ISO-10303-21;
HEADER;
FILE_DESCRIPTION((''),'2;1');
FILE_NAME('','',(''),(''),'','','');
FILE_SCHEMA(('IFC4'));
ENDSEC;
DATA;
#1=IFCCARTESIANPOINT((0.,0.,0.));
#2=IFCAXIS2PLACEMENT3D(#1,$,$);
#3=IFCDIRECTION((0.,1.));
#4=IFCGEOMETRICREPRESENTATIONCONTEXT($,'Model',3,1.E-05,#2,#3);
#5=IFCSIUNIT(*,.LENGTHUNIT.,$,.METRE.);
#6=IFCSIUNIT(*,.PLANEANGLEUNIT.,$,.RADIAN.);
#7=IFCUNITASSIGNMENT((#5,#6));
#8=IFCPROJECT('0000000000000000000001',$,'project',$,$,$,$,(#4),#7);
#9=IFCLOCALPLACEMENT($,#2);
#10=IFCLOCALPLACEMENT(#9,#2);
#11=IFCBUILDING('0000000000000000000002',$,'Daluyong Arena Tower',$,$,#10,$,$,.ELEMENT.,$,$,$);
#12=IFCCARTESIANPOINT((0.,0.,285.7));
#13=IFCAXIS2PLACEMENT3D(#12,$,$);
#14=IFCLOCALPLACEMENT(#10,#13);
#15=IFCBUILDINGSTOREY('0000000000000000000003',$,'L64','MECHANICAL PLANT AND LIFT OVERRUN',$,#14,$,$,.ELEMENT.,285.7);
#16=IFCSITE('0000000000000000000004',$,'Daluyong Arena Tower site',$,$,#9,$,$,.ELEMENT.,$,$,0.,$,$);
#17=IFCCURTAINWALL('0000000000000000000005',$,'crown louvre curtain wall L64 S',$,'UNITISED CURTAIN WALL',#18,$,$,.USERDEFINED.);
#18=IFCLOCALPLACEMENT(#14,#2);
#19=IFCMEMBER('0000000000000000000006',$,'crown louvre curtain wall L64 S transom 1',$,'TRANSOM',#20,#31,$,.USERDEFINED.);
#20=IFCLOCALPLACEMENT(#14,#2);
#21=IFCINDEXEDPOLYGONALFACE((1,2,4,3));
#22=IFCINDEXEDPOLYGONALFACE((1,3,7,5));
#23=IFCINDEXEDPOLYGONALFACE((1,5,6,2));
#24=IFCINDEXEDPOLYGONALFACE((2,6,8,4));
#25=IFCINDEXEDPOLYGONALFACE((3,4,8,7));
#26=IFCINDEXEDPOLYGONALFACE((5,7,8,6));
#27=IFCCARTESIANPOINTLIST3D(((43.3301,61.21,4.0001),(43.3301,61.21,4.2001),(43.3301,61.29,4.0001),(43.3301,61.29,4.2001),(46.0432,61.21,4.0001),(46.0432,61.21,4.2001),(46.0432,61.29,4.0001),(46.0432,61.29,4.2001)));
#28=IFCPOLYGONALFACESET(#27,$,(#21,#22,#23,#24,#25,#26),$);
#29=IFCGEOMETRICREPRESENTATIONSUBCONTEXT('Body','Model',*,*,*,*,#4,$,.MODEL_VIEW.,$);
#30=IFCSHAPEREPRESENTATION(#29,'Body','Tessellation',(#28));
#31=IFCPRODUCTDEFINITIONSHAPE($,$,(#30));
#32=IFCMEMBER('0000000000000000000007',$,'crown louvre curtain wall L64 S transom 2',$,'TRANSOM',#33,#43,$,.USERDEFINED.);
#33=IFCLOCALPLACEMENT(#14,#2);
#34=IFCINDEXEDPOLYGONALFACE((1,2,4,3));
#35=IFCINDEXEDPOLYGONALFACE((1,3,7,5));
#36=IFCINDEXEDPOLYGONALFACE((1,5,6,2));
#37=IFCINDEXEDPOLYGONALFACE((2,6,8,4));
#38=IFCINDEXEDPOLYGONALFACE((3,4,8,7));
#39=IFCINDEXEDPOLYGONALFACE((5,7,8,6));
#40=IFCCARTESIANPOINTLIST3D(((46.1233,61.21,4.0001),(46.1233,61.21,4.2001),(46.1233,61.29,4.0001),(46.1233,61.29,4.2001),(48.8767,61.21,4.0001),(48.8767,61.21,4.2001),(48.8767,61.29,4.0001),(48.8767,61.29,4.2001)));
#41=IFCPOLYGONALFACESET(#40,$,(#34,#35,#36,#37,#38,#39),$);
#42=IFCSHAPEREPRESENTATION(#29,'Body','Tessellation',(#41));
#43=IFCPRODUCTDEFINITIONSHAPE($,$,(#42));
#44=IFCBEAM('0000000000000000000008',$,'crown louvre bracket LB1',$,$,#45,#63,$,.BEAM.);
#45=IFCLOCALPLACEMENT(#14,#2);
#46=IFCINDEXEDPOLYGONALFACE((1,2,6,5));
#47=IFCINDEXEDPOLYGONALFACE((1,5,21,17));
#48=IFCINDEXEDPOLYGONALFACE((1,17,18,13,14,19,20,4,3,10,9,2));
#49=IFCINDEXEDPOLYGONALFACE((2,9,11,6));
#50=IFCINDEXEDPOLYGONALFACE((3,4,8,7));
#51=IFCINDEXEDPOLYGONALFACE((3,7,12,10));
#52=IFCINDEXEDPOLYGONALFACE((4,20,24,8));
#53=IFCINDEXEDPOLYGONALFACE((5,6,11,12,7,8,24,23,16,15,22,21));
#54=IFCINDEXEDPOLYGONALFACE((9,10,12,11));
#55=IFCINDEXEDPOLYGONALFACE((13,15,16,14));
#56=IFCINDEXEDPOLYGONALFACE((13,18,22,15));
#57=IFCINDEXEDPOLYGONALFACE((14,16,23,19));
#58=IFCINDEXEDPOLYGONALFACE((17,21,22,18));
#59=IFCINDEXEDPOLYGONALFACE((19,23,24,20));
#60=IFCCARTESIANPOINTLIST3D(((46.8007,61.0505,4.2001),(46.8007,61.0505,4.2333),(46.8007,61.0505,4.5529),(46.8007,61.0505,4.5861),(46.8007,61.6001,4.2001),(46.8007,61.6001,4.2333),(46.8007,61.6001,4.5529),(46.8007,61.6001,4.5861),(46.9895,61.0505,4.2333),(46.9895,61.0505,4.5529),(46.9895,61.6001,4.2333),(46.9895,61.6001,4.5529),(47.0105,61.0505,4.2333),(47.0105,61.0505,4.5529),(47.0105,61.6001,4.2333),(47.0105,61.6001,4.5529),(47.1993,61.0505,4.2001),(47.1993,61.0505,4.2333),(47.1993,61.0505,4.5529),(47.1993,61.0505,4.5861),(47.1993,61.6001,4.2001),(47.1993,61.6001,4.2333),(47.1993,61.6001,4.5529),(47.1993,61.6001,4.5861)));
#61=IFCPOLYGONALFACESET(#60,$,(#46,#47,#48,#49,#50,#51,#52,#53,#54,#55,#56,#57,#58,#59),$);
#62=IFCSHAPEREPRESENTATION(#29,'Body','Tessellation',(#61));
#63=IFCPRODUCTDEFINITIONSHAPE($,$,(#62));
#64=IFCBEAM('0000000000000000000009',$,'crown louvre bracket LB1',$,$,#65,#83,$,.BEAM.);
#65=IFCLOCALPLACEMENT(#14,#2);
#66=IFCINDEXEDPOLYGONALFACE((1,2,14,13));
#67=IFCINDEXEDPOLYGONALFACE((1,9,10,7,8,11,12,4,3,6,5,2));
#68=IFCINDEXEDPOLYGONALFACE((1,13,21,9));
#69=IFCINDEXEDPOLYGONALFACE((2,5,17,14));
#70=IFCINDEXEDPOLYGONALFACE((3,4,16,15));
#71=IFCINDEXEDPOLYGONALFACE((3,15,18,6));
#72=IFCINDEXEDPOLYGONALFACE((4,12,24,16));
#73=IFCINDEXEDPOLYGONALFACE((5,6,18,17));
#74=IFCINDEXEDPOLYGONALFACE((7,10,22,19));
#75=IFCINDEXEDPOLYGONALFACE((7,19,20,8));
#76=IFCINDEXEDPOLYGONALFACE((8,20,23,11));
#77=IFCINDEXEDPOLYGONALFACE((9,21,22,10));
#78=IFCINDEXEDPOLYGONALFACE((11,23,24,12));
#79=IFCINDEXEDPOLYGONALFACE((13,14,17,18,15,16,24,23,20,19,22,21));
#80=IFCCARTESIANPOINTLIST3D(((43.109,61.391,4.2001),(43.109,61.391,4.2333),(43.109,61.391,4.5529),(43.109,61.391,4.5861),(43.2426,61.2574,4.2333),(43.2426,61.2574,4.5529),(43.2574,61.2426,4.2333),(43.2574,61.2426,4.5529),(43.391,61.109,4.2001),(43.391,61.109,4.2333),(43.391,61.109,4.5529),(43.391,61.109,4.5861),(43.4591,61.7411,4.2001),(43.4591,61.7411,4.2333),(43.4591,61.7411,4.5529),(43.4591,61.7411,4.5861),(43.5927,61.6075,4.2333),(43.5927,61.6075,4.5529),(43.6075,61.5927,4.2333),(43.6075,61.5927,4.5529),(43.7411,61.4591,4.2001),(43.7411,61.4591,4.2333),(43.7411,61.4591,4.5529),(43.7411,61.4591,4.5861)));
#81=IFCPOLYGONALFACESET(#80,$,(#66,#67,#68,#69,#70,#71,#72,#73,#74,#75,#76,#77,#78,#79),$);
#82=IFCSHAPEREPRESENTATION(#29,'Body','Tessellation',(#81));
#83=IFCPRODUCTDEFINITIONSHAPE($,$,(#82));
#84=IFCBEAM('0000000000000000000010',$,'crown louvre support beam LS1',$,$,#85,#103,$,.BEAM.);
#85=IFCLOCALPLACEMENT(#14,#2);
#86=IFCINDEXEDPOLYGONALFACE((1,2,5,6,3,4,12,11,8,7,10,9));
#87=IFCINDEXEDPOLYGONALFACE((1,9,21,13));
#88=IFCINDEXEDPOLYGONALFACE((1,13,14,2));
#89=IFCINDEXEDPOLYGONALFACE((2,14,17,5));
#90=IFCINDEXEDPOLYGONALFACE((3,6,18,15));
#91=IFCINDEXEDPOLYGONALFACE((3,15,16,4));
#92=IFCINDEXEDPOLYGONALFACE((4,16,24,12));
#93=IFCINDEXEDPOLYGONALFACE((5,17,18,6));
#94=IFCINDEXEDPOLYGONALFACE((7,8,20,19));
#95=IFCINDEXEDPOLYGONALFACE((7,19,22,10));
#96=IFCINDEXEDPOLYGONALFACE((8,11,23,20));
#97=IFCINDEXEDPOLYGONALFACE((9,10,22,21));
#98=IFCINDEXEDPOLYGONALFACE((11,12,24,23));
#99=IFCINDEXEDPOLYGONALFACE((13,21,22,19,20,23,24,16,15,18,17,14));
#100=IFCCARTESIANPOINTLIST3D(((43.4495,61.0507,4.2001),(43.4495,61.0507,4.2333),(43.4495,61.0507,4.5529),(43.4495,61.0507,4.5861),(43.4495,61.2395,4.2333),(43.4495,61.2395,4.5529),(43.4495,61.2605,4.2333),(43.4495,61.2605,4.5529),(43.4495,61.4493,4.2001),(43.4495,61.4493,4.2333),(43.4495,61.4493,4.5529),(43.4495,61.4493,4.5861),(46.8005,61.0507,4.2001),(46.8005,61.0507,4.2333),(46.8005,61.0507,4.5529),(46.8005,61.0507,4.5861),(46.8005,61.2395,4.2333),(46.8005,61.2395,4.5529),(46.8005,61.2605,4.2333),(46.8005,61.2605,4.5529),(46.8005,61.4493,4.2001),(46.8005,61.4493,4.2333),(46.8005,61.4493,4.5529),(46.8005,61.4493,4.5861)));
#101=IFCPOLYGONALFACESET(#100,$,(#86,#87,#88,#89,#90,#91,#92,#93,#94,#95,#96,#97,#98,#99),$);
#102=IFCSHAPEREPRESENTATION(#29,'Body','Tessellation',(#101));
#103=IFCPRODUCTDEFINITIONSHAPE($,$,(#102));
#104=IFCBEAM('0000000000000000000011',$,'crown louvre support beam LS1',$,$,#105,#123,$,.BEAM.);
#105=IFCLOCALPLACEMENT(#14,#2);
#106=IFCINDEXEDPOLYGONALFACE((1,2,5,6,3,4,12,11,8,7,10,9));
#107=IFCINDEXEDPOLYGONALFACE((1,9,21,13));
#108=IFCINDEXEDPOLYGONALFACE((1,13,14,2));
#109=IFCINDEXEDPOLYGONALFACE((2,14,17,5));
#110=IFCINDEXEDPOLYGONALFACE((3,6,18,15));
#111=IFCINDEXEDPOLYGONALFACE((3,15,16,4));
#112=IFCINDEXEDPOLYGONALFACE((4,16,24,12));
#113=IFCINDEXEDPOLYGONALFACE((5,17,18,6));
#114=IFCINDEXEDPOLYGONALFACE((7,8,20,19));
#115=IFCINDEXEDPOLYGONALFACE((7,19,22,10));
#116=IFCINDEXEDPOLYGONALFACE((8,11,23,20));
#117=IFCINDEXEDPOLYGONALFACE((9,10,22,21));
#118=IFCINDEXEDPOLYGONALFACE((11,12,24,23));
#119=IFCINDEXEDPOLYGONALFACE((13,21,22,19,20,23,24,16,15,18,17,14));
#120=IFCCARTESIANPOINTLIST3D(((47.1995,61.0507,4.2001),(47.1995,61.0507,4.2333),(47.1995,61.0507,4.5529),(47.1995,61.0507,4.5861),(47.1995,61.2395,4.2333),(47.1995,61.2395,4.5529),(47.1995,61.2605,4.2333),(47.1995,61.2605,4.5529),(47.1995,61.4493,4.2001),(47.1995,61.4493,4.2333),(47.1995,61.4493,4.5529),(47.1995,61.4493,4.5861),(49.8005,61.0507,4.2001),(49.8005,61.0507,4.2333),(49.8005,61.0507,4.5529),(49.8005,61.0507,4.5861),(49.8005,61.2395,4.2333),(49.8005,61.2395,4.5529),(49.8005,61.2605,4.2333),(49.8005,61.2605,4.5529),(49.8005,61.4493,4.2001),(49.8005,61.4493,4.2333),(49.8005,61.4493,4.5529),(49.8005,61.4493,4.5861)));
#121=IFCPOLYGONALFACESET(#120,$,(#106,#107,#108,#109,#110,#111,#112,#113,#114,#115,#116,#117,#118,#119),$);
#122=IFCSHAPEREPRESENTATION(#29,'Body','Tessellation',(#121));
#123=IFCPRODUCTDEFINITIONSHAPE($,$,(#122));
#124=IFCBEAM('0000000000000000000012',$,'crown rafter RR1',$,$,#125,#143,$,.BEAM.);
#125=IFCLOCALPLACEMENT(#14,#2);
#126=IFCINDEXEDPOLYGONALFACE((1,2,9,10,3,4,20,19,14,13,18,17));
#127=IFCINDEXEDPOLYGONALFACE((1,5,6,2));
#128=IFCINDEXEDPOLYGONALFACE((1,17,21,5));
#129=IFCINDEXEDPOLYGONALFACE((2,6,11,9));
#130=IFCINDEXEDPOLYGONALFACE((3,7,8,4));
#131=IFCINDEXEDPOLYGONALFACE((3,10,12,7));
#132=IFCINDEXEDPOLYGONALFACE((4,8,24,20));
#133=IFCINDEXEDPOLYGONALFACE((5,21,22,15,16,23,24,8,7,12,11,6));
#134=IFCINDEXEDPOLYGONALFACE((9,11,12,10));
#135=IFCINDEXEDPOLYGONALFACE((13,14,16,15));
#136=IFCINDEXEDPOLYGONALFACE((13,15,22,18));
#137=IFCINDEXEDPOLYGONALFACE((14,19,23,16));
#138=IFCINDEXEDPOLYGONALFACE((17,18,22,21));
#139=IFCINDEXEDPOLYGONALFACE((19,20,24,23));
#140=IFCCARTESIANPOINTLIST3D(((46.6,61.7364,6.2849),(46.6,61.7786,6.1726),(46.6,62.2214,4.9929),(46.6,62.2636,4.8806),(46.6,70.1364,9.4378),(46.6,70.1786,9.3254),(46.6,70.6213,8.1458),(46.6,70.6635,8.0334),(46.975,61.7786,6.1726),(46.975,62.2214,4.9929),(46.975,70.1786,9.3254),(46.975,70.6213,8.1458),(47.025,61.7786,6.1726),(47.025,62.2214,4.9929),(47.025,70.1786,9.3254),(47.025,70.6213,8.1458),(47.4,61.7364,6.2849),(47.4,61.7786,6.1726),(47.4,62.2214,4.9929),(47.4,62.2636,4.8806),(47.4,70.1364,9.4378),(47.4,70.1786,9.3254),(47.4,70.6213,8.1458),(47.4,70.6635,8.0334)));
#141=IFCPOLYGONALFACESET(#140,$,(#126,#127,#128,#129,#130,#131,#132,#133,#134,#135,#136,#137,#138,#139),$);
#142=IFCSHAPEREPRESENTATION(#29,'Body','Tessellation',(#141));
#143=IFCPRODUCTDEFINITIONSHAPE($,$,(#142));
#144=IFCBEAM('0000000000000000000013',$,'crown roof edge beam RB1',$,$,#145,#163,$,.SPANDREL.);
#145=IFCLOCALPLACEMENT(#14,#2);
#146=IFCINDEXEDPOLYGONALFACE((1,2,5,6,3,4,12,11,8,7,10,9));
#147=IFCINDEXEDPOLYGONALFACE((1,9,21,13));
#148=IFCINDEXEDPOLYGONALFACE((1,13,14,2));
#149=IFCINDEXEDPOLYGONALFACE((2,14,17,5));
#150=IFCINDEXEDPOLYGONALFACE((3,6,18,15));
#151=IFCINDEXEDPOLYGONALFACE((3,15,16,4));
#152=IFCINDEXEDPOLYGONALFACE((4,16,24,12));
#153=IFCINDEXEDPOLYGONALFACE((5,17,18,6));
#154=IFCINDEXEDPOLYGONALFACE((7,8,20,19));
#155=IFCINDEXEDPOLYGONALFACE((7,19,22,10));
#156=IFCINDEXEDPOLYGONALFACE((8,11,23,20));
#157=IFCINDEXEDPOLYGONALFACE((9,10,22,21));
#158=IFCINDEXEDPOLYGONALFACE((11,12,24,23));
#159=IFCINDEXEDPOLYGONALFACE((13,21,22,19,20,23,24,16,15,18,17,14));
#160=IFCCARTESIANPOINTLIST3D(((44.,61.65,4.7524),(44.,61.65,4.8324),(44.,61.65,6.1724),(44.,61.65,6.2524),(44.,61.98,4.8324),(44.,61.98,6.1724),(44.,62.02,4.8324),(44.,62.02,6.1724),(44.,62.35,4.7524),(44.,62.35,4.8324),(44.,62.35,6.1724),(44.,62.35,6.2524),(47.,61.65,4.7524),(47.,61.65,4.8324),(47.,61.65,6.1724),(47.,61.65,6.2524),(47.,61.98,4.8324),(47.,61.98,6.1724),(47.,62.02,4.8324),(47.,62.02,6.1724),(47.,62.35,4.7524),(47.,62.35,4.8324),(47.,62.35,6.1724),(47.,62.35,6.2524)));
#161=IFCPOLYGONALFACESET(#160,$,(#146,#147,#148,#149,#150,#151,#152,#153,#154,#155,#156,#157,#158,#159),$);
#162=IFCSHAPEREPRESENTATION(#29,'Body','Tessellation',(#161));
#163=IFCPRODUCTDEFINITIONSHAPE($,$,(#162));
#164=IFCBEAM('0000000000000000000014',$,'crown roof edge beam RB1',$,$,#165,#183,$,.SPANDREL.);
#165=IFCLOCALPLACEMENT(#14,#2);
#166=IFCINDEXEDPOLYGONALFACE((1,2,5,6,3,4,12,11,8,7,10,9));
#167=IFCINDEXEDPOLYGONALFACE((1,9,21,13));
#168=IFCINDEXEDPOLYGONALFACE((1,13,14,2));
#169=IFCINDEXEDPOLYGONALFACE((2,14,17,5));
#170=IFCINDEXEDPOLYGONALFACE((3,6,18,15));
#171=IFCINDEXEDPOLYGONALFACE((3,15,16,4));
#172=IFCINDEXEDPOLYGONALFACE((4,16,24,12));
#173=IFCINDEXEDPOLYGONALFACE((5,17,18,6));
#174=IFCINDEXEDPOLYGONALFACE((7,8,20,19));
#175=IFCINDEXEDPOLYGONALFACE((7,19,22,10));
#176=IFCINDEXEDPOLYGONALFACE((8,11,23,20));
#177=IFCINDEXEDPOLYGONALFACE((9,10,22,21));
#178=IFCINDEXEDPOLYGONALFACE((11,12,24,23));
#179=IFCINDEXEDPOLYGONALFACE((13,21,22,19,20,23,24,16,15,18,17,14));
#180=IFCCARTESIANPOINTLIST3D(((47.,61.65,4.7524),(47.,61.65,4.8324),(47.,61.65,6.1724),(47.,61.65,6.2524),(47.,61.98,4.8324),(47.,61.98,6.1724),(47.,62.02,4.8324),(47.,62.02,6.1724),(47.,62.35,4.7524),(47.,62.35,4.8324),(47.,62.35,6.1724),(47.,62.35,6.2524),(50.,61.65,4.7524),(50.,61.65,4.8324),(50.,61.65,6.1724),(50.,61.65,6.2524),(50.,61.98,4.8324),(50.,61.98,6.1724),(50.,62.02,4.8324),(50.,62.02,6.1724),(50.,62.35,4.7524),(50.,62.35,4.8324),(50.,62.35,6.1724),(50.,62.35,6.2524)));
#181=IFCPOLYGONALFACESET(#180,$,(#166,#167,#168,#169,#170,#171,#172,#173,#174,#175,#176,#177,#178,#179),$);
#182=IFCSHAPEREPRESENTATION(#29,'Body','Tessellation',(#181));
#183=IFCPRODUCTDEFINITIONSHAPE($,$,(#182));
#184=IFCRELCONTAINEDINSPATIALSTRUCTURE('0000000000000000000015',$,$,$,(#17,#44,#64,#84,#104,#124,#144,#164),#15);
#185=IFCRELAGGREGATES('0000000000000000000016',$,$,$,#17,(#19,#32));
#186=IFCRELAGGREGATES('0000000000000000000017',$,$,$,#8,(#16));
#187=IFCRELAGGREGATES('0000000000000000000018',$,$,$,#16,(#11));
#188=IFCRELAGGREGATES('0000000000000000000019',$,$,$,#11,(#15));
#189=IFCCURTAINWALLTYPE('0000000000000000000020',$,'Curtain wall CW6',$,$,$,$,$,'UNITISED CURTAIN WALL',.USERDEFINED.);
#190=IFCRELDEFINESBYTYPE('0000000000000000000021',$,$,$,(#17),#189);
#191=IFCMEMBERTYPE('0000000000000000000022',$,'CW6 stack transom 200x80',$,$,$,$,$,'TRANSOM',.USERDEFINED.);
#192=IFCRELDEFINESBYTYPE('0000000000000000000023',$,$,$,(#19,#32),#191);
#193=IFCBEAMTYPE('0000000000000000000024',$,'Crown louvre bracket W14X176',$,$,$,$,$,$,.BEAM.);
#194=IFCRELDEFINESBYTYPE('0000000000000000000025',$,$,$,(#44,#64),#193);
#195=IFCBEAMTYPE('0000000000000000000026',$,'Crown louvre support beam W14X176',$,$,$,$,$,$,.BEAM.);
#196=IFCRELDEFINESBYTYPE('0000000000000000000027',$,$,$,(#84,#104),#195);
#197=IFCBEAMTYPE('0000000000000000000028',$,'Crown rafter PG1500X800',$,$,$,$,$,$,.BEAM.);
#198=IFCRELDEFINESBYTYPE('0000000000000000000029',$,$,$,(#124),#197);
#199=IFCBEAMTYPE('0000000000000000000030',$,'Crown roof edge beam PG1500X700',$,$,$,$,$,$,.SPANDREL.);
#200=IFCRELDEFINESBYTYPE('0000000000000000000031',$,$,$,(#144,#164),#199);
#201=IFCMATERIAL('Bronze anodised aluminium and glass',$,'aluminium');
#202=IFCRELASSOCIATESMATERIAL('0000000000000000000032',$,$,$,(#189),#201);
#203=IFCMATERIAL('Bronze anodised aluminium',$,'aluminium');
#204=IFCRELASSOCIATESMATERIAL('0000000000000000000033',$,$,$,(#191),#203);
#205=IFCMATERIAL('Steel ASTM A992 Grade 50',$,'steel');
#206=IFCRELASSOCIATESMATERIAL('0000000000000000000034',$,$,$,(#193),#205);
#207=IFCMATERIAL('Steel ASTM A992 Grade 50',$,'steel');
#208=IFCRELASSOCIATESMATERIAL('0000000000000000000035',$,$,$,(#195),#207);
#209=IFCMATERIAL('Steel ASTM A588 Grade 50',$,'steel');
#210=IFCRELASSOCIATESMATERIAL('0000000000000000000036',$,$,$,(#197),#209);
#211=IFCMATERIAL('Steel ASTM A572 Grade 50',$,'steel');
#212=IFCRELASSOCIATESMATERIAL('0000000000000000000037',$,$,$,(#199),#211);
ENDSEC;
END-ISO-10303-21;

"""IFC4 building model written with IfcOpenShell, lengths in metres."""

from ifc_helpers import new_model, si_unit, direction, frame, origin, origin_2d, place, context, subcontext, project, spatial, rectangle, i_section, extrude, material, material_profile, profile_set, type_object, element, aggregate, save


model = new_model("IFC4")

# Units and contexts
model_context = context("Model", 3, precision=1e-05, world=origin(), true_north=direction((0.0, 1.0)))
body_context = subcontext(model_context, "Body", "Model", "MODEL_VIEW")
ifc_project = project(units=[si_unit("LENGTHUNIT", "METRE"), si_unit("PLANEANGLEUNIT", "RADIAN")], contexts=[model_context])

# Site, building, storey
site_placement = place(None, origin())
site = spatial("IfcSite", under=ifc_project, at=site_placement, Name="Daluyong Arena Tower site", CompositionType="ELEMENT", RefElevation=0.0)
building_placement = place(site_placement, origin())
building = spatial("IfcBuilding", under=site, at=building_placement, Name="Daluyong Arena Tower", CompositionType="ELEMENT")
storey_placement = place(building_placement, frame((0.0, 0.0, 285.7)))
storey = spatial("IfcBuildingStorey", under=building, at=storey_placement, Name="L64", Description="MECHANICAL PLANT AND LIFT OVERRUN", CompositionType="ELEMENT", Elevation=285.7)

# Curtain wall, members
ifc_material_1 = material(Name="Bronze anodised aluminium and glass", Category="aluminium")
curtain_wall_type = type_object("IfcCurtainWallType", Name="Curtain wall CW6", ElementType="UNITISED CURTAIN WALL", PredefinedType="USERDEFINED", material=ifc_material_1)
curtain_wall_placement = place(storey_placement, origin())
curtain_wall = element("IfcCurtainWall", 1, at=curtain_wall_placement, inside=storey, type_object=curtain_wall_type, Name="crown louvre curtain wall L64 S", ObjectType="UNITISED CURTAIN WALL", PredefinedType="USERDEFINED")
ifc_material_2 = material(Name="Bronze anodised aluminium", Category="aluminium")
ifc_material_profile_1 = material_profile(ifc_material_2, rectangle(XDim=0.0801, YDim=0.2, at=origin_2d()))
ifc_profile_set_1 = profile_set([ifc_material_profile_1], Name="Bronze anodised aluminium")
member_type_1 = type_object("IfcMemberType", Name="CW6 stack transom 200x80", ElementType="TRANSOM", PredefinedType="USERDEFINED", material=ifc_profile_set_1)
member_1_placement = place(storey_placement, frame((43.3301, 61.25, 4.1001), z_axis=(1.0, 0.0, 0.0), x_axis=(0.0, 1.0, 0.0)))
member_1 = element("IfcMember", 2, at=member_1_placement, type_object=member_type_1, Name="crown louvre curtain wall L64 S transom 1", ObjectType="TRANSOM", PredefinedType="USERDEFINED", context=body_context, shape_type="SweptSolid", body=[
    extrude(rectangle(XDim=0.0801, YDim=0.2, at=origin_2d()), origin(), (0.0, 0.0, 1.0), 2.7131),
])
member_2_placement = place(storey_placement, frame((46.1233, 61.25, 4.1001), z_axis=(1.0, 0.0, 0.0), x_axis=(0.0, 1.0, 0.0)))
member_2 = element("IfcMember", 3, at=member_2_placement, type_object=member_type_1, Name="crown louvre curtain wall L64 S transom 2", ObjectType="TRANSOM", PredefinedType="USERDEFINED", context=body_context, shape_type="SweptSolid", body=[
    extrude(rectangle(XDim=0.0801, YDim=0.2, at=origin_2d()), origin(), (0.0, 0.0, 1.0), 2.7534),
])
aggregate(curtain_wall, [member_1, member_2])

# Beams
ifc_material_3 = material(Name="Steel ASTM A992 Grade 50", Category="steel")
ifc_material_profile_2 = material_profile(ifc_material_3, i_section(OverallWidth=0.3987, OverallDepth=0.386, WebThickness=0.021, FlangeThickness=0.0332, at=origin_2d()))
ifc_profile_set_2 = profile_set([ifc_material_profile_2], Name="Steel ASTM A992 Grade 50")
beam_type_1 = type_object("IfcBeamType", Name="Crown louvre bracket W14X176", PredefinedType="BEAM", material=ifc_profile_set_2)
beam_1_placement = place(storey_placement, frame((47.0, 61.6001, 4.3931), z_axis=(0.0, -1.0, 0.0), x_axis=(1.0, 0.0, 0.0)))
element("IfcBeam", 4, at=beam_1_placement, inside=storey, type_object=beam_type_1, Name="crown louvre bracket LB1", PredefinedType="BEAM", context=body_context, shape_type="SweptSolid", body=[
    extrude(i_section(OverallWidth=0.3987, OverallDepth=0.386, WebThickness=0.021, FlangeThickness=0.0332, at=origin_2d()), origin(), (0.0, 0.0, 1.0), 0.5496),
])
beam_2_placement = place(storey_placement, frame((43.6001, 61.6001, 4.3931), z_axis=(-0.707107, -0.707107, 0.0), x_axis=(0.707107, -0.707107, 0.0)))
element("IfcBeam", 5, at=beam_2_placement, inside=storey, type_object=beam_type_1, Name="crown louvre bracket LB1", PredefinedType="BEAM", context=body_context, shape_type="SweptSolid", body=[
    extrude(i_section(OverallWidth=0.3987, OverallDepth=0.386, WebThickness=0.021, FlangeThickness=0.0332, at=origin_2d()), origin(), (0.0, 0.0, 1.0), 0.4951),
])
ifc_material_4 = material(Name="Steel ASTM A992 Grade 50", Category="steel")
ifc_material_profile_3 = material_profile(ifc_material_4, i_section(OverallWidth=0.3987, OverallDepth=0.386, WebThickness=0.021, FlangeThickness=0.0332, at=origin_2d()))
ifc_profile_set_3 = profile_set([ifc_material_profile_3], Name="Steel ASTM A992 Grade 50")
beam_type_2 = type_object("IfcBeamType", Name="Crown louvre support beam W14X176", PredefinedType="BEAM", material=ifc_profile_set_3)
beam_3_placement = place(storey_placement, frame((43.4495, 61.25, 4.3931), z_axis=(1.0, 0.0, 0.0), x_axis=(0.0, 1.0, 0.0)))
element("IfcBeam", 6, at=beam_3_placement, inside=storey, type_object=beam_type_2, Name="crown louvre support beam LS1", PredefinedType="BEAM", context=body_context, shape_type="SweptSolid", body=[
    extrude(i_section(OverallWidth=0.3987, OverallDepth=0.386, WebThickness=0.021, FlangeThickness=0.0332, at=origin_2d()), origin(), (0.0, 0.0, 1.0), 3.3511),
])
beam_4_placement = place(storey_placement, frame((47.1995, 61.25, 4.3931), z_axis=(1.0, 0.0, 0.0), x_axis=(0.0, 1.0, 0.0)))
element("IfcBeam", 7, at=beam_4_placement, inside=storey, type_object=beam_type_2, Name="crown louvre support beam LS1", PredefinedType="BEAM", context=body_context, shape_type="SweptSolid", body=[
    extrude(i_section(OverallWidth=0.3987, OverallDepth=0.386, WebThickness=0.021, FlangeThickness=0.0332, at=origin_2d()), origin(), (0.0, 0.0, 1.0), 2.6011),
])
ifc_material_5 = material(Name="Steel ASTM A588 Grade 50", Category="steel")
ifc_material_profile_4 = material_profile(ifc_material_5, i_section(OverallWidth=0.8, OverallDepth=1.5, WebThickness=0.05, FlangeThickness=0.12, at=origin_2d()))
ifc_profile_set_4 = profile_set([ifc_material_profile_4], Name="Steel ASTM A588 Grade 50")
beam_type_3 = type_object("IfcBeamType", Name="Crown rafter PG1500X800", PredefinedType="BEAM", material=ifc_profile_set_4)
beam_5_placement = place(storey_placement, frame((47.0, 62.0, 5.5828), z_axis=(0.0, 0.936224, 0.351404), x_axis=(-1.0, 0.0, 0.0)))
element("IfcBeam", 8, at=beam_5_placement, inside=storey, type_object=beam_type_3, Name="crown rafter RR1", PredefinedType="BEAM", context=body_context, shape_type="SweptSolid", body=[
    extrude(i_section(OverallWidth=0.8, OverallDepth=1.5, WebThickness=0.05, FlangeThickness=0.12, at=origin_2d()), origin(), (0.0, 0.0, 1.0), 8.9722),
])
ifc_material_6 = material(Name="Steel ASTM A572 Grade 50", Category="steel")
ifc_material_profile_5 = material_profile(ifc_material_6, i_section(OverallWidth=0.7, OverallDepth=1.5, WebThickness=0.04, FlangeThickness=0.08, at=origin_2d()))
ifc_profile_set_5 = profile_set([ifc_material_profile_5], Name="Steel ASTM A572 Grade 50")
beam_type_4 = type_object("IfcBeamType", Name="Crown roof edge beam PG1500X700", PredefinedType="SPANDREL", material=ifc_profile_set_5)
for number, where, z_axis, x_axis, name in (
    (9, (44.0, 62.0, 5.5024), (1.0, 0.0, 0.0), (0.0, 1.0, 0.0), "crown roof edge beam RB1"),
    (10, (47.0, 62.0, 5.5024), (1.0, 0.0, 0.0), (0.0, 1.0, 0.0), "crown roof edge beam RB1"),
):
    element("IfcBeam", number, at=place(storey_placement, frame(where, z_axis=z_axis, x_axis=x_axis)), inside=storey, type_object=beam_type_4, Name=name, PredefinedType="SPANDREL", context=body_context, shape_type="SweptSolid", body=[
        extrude(i_section(OverallWidth=0.7, OverallDepth=1.5, WebThickness=0.04, FlangeThickness=0.08, at=origin_2d()), origin(), (0.0, 0.0, 1.0), 3.0),
    ])

save(model, "model.ifc")
